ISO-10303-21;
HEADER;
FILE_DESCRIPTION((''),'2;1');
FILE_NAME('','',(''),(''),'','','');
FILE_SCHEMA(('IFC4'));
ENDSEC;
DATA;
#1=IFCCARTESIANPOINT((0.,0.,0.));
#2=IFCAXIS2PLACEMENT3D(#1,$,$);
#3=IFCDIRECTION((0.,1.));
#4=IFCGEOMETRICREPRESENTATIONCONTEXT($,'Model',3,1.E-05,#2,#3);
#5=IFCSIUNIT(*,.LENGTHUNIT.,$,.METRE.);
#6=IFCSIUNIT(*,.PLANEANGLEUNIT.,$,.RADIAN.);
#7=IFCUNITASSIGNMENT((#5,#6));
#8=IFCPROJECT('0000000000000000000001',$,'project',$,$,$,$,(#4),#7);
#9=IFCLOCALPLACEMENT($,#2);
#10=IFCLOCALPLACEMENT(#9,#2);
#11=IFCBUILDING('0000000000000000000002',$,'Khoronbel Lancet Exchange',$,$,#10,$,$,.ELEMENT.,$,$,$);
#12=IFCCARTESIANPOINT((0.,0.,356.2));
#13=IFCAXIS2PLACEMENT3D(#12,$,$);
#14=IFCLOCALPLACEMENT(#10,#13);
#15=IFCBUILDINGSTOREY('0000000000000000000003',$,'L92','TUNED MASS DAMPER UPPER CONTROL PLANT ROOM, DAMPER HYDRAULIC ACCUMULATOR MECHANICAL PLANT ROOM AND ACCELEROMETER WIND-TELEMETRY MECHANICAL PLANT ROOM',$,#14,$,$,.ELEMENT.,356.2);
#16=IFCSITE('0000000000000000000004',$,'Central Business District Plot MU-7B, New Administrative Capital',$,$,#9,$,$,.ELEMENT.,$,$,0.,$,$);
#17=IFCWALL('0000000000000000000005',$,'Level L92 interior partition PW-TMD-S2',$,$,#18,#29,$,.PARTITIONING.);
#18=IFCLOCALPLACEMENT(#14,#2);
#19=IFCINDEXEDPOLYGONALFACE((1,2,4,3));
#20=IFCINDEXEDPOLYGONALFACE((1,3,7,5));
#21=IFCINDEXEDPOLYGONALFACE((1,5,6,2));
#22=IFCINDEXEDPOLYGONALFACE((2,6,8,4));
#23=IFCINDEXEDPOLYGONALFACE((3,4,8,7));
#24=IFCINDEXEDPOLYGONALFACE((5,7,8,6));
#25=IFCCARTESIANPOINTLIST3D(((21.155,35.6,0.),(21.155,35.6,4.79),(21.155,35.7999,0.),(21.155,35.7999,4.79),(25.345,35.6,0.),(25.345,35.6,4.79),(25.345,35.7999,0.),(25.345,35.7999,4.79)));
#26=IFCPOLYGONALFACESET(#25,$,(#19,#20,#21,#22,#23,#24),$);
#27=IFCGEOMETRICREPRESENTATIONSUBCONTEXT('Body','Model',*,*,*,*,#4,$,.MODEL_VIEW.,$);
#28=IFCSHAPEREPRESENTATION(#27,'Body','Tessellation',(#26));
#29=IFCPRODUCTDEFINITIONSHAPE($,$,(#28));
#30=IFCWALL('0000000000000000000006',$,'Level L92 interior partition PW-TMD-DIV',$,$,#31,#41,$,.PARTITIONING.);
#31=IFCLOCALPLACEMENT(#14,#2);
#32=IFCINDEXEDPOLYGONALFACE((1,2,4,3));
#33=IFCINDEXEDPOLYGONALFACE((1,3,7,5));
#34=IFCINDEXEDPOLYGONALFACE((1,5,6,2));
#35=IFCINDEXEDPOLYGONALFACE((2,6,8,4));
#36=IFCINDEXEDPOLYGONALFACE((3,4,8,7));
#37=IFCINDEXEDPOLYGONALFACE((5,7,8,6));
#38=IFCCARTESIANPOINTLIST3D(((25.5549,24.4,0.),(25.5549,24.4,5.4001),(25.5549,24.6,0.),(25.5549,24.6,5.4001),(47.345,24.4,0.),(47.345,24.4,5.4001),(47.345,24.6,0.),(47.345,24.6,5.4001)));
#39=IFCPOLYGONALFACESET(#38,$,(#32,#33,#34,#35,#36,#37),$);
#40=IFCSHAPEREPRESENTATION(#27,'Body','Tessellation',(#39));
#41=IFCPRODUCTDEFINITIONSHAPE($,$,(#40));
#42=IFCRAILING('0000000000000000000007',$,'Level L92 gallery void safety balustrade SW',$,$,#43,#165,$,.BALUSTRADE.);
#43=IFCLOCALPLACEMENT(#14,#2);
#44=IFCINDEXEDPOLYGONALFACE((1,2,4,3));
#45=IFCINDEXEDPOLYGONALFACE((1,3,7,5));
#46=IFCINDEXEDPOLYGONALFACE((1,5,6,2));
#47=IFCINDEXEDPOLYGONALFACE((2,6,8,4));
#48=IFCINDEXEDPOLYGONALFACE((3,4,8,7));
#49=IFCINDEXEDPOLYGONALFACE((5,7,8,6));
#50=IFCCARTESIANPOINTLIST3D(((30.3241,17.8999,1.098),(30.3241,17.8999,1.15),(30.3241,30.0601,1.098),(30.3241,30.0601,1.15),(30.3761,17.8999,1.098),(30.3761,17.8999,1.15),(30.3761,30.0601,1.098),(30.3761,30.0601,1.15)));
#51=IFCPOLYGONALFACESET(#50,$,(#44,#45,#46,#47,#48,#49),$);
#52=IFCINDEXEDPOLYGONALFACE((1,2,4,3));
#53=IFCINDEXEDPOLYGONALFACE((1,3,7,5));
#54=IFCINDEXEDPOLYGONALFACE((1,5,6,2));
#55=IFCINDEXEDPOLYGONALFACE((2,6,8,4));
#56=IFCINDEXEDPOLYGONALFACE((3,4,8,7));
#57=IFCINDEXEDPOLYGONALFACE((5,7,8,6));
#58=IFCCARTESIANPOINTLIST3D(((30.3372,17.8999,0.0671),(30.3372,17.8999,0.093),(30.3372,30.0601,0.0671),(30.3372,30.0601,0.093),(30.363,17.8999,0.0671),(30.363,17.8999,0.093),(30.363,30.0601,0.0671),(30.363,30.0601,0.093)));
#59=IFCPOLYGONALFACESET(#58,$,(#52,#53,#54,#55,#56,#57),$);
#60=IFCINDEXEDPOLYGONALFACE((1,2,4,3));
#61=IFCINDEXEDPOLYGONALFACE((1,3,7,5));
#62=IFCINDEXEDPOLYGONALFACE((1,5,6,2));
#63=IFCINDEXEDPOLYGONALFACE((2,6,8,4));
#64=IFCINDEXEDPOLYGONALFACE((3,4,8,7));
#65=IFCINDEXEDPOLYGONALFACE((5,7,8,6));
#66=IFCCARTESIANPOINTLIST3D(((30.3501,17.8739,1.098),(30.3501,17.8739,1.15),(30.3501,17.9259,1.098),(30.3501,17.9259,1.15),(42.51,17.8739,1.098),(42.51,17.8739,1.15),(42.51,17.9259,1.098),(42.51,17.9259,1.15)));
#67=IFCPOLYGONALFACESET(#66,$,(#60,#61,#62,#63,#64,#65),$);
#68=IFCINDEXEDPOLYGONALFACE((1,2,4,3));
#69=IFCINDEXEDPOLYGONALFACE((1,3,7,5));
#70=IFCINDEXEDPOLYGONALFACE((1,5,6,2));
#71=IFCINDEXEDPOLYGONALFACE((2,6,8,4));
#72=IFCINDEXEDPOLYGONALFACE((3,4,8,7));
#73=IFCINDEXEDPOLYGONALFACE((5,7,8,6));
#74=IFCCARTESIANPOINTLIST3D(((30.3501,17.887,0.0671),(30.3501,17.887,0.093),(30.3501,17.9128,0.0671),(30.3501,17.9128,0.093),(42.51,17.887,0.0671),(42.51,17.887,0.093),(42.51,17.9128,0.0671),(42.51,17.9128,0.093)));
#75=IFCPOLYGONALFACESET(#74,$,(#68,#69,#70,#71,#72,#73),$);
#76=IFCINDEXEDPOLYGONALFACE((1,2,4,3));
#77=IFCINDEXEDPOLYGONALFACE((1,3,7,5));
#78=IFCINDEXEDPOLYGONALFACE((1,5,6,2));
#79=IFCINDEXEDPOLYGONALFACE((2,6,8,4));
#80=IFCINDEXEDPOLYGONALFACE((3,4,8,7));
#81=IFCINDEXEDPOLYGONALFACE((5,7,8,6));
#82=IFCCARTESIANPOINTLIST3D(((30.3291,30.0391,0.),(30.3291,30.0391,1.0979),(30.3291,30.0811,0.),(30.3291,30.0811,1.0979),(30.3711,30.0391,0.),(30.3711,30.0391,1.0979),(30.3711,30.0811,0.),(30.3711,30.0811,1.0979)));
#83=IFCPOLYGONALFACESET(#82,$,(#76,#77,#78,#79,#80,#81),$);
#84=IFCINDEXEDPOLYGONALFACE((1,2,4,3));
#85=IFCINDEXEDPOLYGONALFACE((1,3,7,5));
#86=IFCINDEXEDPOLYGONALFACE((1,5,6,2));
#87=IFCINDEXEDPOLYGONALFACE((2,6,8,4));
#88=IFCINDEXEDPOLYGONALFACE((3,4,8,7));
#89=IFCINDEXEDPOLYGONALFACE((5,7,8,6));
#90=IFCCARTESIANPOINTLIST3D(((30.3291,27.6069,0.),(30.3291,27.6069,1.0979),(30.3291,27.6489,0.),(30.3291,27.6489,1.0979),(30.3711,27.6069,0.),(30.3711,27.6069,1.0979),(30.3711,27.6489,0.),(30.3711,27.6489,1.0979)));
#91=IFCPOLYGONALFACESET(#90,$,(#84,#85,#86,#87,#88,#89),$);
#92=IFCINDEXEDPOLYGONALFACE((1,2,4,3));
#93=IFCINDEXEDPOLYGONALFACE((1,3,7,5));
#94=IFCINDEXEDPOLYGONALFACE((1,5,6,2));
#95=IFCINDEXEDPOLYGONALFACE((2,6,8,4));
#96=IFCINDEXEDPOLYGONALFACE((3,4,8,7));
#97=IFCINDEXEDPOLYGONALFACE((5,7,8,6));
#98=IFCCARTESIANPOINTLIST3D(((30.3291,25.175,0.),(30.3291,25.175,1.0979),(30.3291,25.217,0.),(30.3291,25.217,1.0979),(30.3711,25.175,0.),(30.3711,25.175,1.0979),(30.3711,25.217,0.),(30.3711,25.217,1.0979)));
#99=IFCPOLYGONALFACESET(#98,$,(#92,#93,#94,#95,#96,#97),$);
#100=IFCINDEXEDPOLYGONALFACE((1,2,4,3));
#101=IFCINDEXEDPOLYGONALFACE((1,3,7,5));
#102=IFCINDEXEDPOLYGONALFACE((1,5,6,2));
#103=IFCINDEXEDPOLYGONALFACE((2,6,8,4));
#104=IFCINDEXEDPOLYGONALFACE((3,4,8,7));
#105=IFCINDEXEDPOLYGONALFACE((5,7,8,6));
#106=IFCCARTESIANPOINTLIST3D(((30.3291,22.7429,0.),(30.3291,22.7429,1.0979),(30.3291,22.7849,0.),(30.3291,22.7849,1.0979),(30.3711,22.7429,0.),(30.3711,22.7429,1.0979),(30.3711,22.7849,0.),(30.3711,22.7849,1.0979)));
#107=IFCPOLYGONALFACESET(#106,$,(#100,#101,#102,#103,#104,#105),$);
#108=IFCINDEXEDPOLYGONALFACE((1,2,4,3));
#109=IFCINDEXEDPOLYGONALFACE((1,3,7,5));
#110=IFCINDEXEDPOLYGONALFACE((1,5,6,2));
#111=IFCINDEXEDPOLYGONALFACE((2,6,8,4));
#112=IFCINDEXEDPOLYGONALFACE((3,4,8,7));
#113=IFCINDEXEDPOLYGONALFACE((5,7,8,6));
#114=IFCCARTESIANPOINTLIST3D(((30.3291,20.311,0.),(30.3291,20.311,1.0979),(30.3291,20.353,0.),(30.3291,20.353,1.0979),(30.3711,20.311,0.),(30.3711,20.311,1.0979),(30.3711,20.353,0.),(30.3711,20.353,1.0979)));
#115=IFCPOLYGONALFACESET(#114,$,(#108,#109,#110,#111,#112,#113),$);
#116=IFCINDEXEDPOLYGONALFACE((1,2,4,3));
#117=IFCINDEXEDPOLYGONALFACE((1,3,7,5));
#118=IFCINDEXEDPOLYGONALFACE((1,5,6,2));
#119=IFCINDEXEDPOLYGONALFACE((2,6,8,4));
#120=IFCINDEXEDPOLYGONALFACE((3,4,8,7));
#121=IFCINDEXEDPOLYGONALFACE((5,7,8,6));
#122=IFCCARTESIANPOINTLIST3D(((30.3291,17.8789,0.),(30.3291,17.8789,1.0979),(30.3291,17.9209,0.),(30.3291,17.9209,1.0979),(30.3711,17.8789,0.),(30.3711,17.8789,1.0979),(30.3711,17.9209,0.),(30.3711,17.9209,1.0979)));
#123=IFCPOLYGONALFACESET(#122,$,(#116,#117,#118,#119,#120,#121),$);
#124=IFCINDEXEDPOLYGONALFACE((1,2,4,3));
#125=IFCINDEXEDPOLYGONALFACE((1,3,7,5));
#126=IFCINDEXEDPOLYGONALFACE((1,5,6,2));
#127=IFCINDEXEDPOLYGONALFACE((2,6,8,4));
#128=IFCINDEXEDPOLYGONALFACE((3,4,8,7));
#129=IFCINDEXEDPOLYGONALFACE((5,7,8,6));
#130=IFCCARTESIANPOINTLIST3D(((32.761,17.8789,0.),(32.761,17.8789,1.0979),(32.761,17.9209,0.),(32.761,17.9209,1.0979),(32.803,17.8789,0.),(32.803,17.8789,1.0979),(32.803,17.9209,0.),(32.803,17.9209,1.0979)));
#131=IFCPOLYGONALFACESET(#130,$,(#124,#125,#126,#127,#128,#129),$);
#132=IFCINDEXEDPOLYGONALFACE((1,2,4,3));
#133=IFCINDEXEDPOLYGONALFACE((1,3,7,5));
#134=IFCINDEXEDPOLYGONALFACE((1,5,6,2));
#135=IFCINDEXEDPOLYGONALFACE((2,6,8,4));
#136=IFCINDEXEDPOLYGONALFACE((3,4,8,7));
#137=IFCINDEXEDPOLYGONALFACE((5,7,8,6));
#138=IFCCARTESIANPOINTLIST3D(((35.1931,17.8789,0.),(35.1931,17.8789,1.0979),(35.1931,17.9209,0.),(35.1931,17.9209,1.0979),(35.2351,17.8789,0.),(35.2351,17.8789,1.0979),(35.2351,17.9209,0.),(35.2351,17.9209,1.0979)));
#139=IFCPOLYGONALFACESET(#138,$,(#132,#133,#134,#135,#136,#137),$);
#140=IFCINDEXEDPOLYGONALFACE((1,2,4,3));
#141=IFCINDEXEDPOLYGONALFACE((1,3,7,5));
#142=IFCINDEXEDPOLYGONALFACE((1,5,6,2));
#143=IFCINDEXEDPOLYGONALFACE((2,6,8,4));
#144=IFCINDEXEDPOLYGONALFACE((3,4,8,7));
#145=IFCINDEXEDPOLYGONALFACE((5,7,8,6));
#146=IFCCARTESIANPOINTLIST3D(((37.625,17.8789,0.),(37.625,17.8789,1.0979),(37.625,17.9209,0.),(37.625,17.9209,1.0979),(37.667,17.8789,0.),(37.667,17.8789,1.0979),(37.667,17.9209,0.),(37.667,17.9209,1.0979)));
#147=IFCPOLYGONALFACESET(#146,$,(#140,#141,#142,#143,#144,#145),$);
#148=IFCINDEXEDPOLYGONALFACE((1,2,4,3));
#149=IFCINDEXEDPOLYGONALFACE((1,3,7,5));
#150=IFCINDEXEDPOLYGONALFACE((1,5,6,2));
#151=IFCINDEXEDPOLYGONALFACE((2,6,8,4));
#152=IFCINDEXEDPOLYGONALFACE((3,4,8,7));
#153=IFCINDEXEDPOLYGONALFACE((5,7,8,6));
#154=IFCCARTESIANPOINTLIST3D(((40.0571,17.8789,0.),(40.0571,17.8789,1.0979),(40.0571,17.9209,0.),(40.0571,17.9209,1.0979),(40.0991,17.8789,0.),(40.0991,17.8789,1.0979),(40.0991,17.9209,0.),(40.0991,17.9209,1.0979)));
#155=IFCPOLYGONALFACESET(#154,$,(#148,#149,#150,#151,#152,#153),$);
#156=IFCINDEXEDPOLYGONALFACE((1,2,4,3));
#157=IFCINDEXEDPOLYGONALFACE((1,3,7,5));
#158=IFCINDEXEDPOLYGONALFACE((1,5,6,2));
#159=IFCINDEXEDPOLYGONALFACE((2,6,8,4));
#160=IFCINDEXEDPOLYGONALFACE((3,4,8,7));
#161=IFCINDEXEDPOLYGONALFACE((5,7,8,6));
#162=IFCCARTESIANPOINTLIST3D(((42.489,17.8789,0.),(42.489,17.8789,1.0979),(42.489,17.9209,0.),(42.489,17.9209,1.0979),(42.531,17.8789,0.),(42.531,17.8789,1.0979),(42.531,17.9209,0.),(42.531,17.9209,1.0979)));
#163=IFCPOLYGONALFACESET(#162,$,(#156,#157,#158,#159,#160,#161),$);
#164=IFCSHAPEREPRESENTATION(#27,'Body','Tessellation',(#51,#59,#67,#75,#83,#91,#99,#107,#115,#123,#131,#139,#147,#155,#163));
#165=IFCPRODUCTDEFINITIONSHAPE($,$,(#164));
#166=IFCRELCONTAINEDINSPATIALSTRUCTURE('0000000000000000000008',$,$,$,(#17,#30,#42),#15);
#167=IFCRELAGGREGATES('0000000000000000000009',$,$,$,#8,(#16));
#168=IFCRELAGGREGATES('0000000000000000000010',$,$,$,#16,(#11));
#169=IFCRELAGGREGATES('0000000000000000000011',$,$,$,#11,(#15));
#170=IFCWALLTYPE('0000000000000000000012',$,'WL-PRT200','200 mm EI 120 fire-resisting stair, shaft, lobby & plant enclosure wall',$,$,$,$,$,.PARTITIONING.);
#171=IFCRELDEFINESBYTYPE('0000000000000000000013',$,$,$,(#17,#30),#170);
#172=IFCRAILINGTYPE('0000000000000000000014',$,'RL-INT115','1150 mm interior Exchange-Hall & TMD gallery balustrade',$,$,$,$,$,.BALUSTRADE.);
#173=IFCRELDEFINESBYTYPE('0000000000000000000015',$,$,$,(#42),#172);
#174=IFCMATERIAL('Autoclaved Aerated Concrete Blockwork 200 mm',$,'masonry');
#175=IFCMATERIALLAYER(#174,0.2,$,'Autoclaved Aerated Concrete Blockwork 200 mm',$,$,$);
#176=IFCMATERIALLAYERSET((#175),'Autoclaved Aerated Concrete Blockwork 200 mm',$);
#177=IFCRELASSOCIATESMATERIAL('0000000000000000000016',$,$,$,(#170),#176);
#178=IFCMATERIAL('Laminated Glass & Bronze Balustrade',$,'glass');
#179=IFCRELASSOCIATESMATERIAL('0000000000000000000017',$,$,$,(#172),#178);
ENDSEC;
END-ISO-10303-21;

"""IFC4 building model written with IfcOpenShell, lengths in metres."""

from ifc_helpers import new_model, si_unit, direction, frame, frame_2d, origin, origin_2d, place, context, subcontext, project, spatial, rectangle, extrude, material, layer, layer_set, type_object, element, save


model = new_model("IFC4")

# Units and contexts
model_context = context("Model", 3, precision=1e-05, world=origin(), true_north=direction((0.0, 1.0)))
body_context = subcontext(model_context, "Body", "Model", "MODEL_VIEW")
ifc_project = project(units=[si_unit("LENGTHUNIT", "METRE"), si_unit("PLANEANGLEUNIT", "RADIAN")], contexts=[model_context])

# Site, building, storey
site_placement = place(None, origin())
site = spatial("IfcSite", under=ifc_project, at=site_placement, Name="Central Business District Plot MU-7B, New Administrative Capital", CompositionType="ELEMENT", RefElevation=0.0)
building_placement = place(site_placement, origin())
building = spatial("IfcBuilding", under=site, at=building_placement, Name="Khoronbel Lancet Exchange", CompositionType="ELEMENT")
storey_placement = place(building_placement, frame((0.0, 0.0, 356.2)))
storey = spatial("IfcBuildingStorey", under=building, at=storey_placement, Name="L92", Description="TUNED MASS DAMPER UPPER CONTROL PLANT ROOM, DAMPER HYDRAULIC ACCUMULATOR MECHANICAL PLANT ROOM AND ACCELEROMETER WIND-TELEMETRY MECHANICAL PLANT ROOM", CompositionType="ELEMENT", Elevation=356.2)

# Shared definitions
ifc_material_1 = material(Name="Autoclaved Aerated Concrete Blockwork 200 mm", Category="masonry")
ifc_layer_1 = layer(ifc_material_1, 0.2, Name="Autoclaved Aerated Concrete Blockwork 200 mm")
ifc_layer_set_1 = layer_set([ifc_layer_1], Name="Autoclaved Aerated Concrete Blockwork 200 mm")
wall_type = type_object("IfcWallType", Name="WL-PRT200", Description="200 mm EI 120 fire-resisting stair, shaft, lobby & plant enclosure wall", PredefinedType="PARTITIONING", material=ifc_layer_set_1)

# Walls
wall_1_placement = place(storey_placement, frame((21.155, 35.7, 0.0), z_axis=(0.0, 0.0, 1.0), x_axis=(1.0, 0.0, 0.0)))
element("IfcWall", 1, at=wall_1_placement, inside=storey, type_object=wall_type, Name="Level L92 interior partition PW-TMD-S2", PredefinedType="PARTITIONING", context=body_context, shape_type="SweptSolid", body=[
    extrude(rectangle(XDim=4.1899, YDim=0.2, at=frame_2d((2.095, 0.0))), origin(), (0.0, 0.0, 1.0), 4.79),
])
wall_2_placement = place(storey_placement, frame((25.5549, 24.5, 0.0), z_axis=(0.0, 0.0, 1.0), x_axis=(1.0, 0.0, 0.0)))
element("IfcWall", 2, at=wall_2_placement, inside=storey, type_object=wall_type, Name="Level L92 interior partition PW-TMD-DIV", PredefinedType="PARTITIONING", context=body_context, shape_type="SweptSolid", body=[
    extrude(rectangle(XDim=21.79, YDim=0.2, at=frame_2d((10.895, 0.0))), origin(), (0.0, 0.0, 1.0), 5.4001),
])

# Railing
ifc_material_2 = material(Name="Laminated Glass & Bronze Balustrade", Category="glass")
railing_type = type_object("IfcRailingType", Name="RL-INT115", Description="1150 mm interior Exchange-Hall & TMD gallery balustrade", PredefinedType="BALUSTRADE", material=ifc_material_2)
railing_1_placement = place(storey_placement, frame((30.3501, 30.0601, 0.0)))
element("IfcRailing", 3, at=railing_1_placement, inside=storey, type_object=railing_type, Name="Level L92 gallery void safety balustrade SW", PredefinedType="BALUSTRADE", context=body_context, shape_type="SweptSolid", body=[
    extrude(rectangle(XDim=0.052, YDim=0.052, at=origin_2d()), frame((0.0, 0.0, 1.124), z_axis=(0.0, -1.0, 0.0), x_axis=(1.0, 0.0, 0.0)), (0.0, 0.0, 1.0), 12.1602),
    extrude(rectangle(XDim=0.0259, YDim=0.0259, at=origin_2d()), frame((0.0, 0.0, 0.0801), z_axis=(0.0, -1.0, 0.0), x_axis=(1.0, 0.0, 0.0)), (0.0, 0.0, 1.0), 12.1602),
    extrude(rectangle(XDim=0.052, YDim=0.052, at=origin_2d()), frame((0.0, -12.1602, 1.124), z_axis=(1.0, 0.0, 0.0), x_axis=(0.0, 1.0, 0.0)), (0.0, 0.0, 1.0), 12.1599),
    extrude(rectangle(XDim=0.0259, YDim=0.0259, at=origin_2d()), frame((0.0, -12.1602, 0.0801), z_axis=(1.0, 0.0, 0.0), x_axis=(0.0, 1.0, 0.0)), (0.0, 0.0, 1.0), 12.1599),
    extrude(rectangle(XDim=0.042, YDim=0.042, at=origin_2d()), origin(), (0.0, 0.0, 1.0), 1.0979),
    extrude(rectangle(XDim=0.042, YDim=0.042, at=origin_2d()), frame((0.0, -2.4321, 0.0)), (0.0, 0.0, 1.0), 1.0979),
    extrude(rectangle(XDim=0.042, YDim=0.042, at=origin_2d()), frame((0.0, -4.864, 0.0)), (0.0, 0.0, 1.0), 1.0979),
    extrude(rectangle(XDim=0.042, YDim=0.042, at=origin_2d()), frame((0.0, -7.2961, 0.0)), (0.0, 0.0, 1.0), 1.0979),
    extrude(rectangle(XDim=0.042, YDim=0.042, at=origin_2d()), frame((0.0, -9.728, 0.0)), (0.0, 0.0, 1.0), 1.0979),
    extrude(rectangle(XDim=0.042, YDim=0.042, at=origin_2d()), frame((0.0, -12.1602, 0.0)), (0.0, 0.0, 1.0), 1.0979),
    extrude(rectangle(XDim=0.042, YDim=0.042, at=origin_2d()), frame((2.4319, -12.1602, 0.0)), (0.0, 0.0, 1.0), 1.0979),
    extrude(rectangle(XDim=0.042, YDim=0.042, at=origin_2d()), frame((4.864, -12.1602, 0.0)), (0.0, 0.0, 1.0), 1.0979),
    extrude(rectangle(XDim=0.042, YDim=0.042, at=origin_2d()), frame((7.2959, -12.1602, 0.0)), (0.0, 0.0, 1.0), 1.0979),
    extrude(rectangle(XDim=0.042, YDim=0.042, at=origin_2d()), frame((9.728, -12.1602, 0.0)), (0.0, 0.0, 1.0), 1.0979),
    extrude(rectangle(XDim=0.042, YDim=0.042, at=origin_2d()), frame((12.1599, -12.1602, 0.0)), (0.0, 0.0, 1.0), 1.0979),
])

save(model, "model.ifc")
